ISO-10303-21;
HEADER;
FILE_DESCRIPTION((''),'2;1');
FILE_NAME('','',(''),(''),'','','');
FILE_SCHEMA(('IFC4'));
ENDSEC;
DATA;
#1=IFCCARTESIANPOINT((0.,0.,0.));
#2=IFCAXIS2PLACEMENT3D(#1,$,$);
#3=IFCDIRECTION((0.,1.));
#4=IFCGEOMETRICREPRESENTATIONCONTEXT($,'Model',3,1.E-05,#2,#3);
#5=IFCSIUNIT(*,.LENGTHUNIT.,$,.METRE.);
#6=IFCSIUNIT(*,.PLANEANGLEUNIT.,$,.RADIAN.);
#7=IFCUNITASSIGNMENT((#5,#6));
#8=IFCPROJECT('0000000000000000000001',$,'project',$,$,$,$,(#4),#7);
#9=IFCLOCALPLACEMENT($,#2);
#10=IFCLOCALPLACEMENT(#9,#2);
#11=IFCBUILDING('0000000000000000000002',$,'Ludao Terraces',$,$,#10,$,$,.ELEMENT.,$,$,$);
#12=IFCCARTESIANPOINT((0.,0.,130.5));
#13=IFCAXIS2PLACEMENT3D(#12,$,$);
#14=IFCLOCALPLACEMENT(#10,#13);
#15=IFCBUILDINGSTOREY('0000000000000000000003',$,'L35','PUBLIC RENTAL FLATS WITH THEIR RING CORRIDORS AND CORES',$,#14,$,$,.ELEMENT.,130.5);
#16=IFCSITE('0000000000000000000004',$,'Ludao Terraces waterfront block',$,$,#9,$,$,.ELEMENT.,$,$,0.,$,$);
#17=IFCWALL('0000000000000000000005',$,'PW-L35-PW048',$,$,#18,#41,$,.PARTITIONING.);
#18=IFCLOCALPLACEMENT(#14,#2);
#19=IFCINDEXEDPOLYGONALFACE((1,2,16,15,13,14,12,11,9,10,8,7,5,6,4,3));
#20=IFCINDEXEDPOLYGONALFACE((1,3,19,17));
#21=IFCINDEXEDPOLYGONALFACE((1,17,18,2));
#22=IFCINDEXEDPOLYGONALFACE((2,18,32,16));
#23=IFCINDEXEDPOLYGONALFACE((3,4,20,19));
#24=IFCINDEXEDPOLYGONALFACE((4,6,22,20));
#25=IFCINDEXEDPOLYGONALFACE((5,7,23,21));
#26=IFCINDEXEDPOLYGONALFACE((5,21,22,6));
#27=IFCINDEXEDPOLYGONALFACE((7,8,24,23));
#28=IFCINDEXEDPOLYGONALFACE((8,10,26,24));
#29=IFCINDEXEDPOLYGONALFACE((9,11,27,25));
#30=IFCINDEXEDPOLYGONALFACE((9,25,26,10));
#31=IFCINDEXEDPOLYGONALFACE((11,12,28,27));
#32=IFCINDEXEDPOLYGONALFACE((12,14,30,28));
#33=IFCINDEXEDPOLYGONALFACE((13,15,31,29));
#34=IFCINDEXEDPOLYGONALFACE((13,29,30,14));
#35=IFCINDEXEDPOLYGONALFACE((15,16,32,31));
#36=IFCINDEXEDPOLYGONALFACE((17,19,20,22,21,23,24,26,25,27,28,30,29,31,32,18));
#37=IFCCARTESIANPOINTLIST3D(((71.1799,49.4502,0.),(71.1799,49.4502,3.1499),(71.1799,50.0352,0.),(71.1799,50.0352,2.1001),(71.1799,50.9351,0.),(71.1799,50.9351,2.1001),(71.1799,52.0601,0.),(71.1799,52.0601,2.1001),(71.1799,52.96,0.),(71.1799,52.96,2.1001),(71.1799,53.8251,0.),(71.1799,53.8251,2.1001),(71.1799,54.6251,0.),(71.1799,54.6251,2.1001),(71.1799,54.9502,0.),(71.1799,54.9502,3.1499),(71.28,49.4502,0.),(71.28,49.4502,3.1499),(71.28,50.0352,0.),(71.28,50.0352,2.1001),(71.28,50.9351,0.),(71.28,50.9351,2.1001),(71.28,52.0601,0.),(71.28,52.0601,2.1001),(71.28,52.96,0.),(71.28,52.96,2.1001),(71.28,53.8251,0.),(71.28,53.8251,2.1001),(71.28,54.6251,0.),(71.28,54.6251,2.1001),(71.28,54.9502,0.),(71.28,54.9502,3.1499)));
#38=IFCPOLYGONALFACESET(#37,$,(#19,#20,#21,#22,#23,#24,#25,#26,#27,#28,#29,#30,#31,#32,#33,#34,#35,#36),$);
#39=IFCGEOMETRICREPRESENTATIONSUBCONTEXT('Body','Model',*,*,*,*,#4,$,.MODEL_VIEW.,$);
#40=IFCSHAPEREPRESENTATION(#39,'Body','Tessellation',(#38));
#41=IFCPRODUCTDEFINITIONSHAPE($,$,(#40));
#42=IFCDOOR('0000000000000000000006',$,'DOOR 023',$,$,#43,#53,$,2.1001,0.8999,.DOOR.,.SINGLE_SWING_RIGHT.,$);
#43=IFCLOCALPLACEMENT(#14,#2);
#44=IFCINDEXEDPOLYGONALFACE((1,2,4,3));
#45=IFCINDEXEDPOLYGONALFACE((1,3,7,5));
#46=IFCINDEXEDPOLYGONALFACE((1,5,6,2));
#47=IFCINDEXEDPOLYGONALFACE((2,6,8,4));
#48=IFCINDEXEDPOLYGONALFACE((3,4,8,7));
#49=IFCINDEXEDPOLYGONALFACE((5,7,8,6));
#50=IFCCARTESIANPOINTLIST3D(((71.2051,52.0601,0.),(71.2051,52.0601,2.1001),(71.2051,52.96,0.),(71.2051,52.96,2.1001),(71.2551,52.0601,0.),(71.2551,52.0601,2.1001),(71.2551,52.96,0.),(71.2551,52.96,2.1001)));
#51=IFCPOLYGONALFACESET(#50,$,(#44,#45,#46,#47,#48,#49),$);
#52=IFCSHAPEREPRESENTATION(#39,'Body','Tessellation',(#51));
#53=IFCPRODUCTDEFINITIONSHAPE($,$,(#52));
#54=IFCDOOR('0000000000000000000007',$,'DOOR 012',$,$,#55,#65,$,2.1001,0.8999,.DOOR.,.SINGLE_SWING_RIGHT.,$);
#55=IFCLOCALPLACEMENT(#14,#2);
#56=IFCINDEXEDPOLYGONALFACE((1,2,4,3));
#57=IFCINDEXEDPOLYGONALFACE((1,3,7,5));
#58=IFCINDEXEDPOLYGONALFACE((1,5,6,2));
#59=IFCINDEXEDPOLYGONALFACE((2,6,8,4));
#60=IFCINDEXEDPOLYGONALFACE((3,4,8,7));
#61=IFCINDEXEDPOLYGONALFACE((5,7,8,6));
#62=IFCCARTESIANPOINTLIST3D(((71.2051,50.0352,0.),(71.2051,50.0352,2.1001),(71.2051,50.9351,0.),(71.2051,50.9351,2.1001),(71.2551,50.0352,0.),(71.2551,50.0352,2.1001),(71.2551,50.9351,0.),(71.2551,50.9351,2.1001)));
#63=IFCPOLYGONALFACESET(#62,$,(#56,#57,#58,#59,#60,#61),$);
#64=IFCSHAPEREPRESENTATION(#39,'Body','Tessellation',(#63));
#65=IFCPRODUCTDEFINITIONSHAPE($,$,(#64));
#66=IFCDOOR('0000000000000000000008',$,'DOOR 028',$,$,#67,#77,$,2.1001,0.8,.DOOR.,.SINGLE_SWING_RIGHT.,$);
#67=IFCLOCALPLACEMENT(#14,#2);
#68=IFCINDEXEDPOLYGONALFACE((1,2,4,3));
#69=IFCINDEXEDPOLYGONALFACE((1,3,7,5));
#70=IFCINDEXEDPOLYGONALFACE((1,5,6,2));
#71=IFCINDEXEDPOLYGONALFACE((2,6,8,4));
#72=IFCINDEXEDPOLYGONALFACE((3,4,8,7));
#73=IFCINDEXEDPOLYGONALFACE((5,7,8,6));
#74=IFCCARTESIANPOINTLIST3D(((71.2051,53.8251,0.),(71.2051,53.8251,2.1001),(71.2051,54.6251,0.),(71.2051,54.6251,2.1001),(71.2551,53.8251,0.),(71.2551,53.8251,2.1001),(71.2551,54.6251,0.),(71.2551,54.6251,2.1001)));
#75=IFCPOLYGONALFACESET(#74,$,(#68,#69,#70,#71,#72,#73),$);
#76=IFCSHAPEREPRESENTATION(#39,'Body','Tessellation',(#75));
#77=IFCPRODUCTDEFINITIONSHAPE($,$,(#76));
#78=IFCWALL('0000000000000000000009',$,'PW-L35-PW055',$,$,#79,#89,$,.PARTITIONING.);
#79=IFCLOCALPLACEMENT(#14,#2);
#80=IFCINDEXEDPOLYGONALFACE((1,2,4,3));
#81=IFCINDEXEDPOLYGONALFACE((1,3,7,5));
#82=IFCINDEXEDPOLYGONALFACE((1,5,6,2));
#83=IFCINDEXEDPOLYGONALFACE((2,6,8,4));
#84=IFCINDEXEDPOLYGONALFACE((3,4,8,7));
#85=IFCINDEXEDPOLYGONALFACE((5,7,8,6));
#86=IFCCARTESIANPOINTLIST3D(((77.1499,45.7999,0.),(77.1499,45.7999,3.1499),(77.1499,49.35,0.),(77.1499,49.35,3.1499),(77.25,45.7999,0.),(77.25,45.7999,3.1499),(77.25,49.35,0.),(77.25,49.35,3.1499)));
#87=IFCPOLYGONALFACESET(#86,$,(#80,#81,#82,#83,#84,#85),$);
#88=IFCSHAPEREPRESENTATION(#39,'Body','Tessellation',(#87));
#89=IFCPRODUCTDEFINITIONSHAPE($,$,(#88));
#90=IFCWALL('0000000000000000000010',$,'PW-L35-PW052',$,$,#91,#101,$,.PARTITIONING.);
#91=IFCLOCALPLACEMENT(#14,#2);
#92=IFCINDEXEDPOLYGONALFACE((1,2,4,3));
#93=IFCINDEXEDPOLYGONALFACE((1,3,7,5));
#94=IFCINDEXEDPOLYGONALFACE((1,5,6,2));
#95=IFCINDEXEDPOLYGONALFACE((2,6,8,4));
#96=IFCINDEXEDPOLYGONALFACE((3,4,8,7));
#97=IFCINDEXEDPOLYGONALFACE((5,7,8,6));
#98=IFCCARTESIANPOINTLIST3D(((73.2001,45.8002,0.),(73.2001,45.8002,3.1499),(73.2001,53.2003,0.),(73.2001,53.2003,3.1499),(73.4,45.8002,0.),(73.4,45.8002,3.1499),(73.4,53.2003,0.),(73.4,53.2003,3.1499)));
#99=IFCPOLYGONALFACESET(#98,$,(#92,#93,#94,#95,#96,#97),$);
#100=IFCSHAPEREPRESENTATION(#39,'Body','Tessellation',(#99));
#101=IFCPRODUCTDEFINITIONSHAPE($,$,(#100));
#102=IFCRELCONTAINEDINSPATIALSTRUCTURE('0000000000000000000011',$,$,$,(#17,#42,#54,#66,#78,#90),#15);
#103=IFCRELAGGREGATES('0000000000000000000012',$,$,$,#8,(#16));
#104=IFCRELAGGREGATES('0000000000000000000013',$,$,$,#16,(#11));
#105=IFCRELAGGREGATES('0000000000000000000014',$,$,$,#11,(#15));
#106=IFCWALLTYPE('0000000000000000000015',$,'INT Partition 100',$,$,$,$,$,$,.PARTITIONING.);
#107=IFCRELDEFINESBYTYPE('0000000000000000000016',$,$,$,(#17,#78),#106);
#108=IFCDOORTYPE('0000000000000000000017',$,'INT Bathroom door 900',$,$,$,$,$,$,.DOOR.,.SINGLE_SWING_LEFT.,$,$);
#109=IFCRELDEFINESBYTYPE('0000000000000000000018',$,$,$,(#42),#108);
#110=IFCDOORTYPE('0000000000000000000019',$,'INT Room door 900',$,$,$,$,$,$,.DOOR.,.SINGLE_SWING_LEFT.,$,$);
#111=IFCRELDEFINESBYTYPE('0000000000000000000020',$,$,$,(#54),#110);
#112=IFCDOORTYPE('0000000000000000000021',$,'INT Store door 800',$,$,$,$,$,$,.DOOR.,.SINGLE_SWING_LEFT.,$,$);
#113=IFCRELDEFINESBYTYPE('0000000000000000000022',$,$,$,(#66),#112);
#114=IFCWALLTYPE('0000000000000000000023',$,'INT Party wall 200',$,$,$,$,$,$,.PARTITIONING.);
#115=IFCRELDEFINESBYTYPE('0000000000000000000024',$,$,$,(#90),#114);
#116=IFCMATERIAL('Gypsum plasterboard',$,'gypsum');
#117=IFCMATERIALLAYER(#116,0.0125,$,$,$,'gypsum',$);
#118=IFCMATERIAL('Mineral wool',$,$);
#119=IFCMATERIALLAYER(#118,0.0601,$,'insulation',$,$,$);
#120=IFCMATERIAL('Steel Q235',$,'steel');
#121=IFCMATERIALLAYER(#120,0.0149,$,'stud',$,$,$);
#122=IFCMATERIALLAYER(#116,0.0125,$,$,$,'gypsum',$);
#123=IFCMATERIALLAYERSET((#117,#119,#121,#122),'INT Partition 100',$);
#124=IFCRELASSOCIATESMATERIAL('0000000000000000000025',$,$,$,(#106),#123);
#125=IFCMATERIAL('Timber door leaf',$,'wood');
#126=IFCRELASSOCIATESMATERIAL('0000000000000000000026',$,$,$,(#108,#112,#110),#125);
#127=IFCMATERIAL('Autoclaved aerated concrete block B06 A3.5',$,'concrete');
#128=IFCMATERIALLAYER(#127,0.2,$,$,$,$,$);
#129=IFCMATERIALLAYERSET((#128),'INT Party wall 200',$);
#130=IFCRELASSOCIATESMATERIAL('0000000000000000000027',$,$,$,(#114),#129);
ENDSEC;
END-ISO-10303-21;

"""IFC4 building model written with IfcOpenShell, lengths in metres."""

from ifc_helpers import new_model, si_unit, direction, frame, frame_2d, origin, place, context, subcontext, project, spatial, rectangle, extrude, material, layer, layer_set, type_object, element, fill, save


model = new_model("IFC4")

# Units and contexts
model_context = context("Model", 3, precision=1e-05, world=origin(), true_north=direction((0.0, 1.0)))
body_context = subcontext(model_context, "Body", "Model", "MODEL_VIEW")
ifc_project = project(units=[si_unit("LENGTHUNIT", "METRE"), si_unit("PLANEANGLEUNIT", "RADIAN")], contexts=[model_context])

# Site, building, storey
site_placement = place(None, origin())
site = spatial("IfcSite", under=ifc_project, at=site_placement, Name="Ludao Terraces waterfront block", CompositionType="ELEMENT", RefElevation=0.0)
building_placement = place(site_placement, origin())
building = spatial("IfcBuilding", under=site, at=building_placement, Name="Ludao Terraces", CompositionType="ELEMENT")
storey_placement = place(building_placement, frame((0.0, 0.0, 130.5)))
storey = spatial("IfcBuildingStorey", under=building, at=storey_placement, Name="L35", Description="PUBLIC RENTAL FLATS WITH THEIR RING CORRIDORS AND CORES", CompositionType="ELEMENT", Elevation=130.5)

# Shared definitions
ifc_material_1 = material(Name="Mineral wool")

# Wall, openings, doors
ifc_material_2 = material(Name="Gypsum plasterboard", Category="gypsum")
ifc_layer_1 = layer(ifc_material_2, 0.0125, Category="gypsum")
ifc_layer_2 = layer(ifc_material_1, 0.0601, Name="insulation")
ifc_material_3 = material(Name="Steel Q235", Category="steel")
ifc_layer_3 = layer(ifc_material_3, 0.0149, Name="stud")
ifc_layer_4 = layer(ifc_material_2, 0.0125, Category="gypsum")
ifc_layer_set_1 = layer_set([ifc_layer_1, ifc_layer_2, ifc_layer_3, ifc_layer_4], Name="INT Partition 100")
wall_type_1 = type_object("IfcWallType", Name="INT Partition 100", PredefinedType="PARTITIONING", material=ifc_layer_set_1)
ifc_material_4 = material(Name="Timber door leaf", Category="wood")
door_type_1 = type_object("IfcDoorType", Name="INT Bathroom door 900", OperationType="SINGLE_SWING_LEFT", PredefinedType="DOOR", material=ifc_material_4)
door_type_2 = type_object("IfcDoorType", Name="INT Store door 800", OperationType="SINGLE_SWING_LEFT", PredefinedType="DOOR", material=ifc_material_4)
door_type_3 = type_object("IfcDoorType", Name="INT Room door 900", OperationType="SINGLE_SWING_LEFT", PredefinedType="DOOR", material=ifc_material_4)
wall_1_placement = place(storey_placement, frame((71.23, 49.4502, 0.0), z_axis=(0.0, 0.0, 1.0), x_axis=(0.0, 1.0, 0.0)))
wall_1 = element("IfcWall", 1, at=wall_1_placement, inside=storey, type_object=wall_type_1, Name="PW-L35-PW048", PredefinedType="PARTITIONING", context=body_context, shape_type="SweptSolid", body=[
    extrude(rectangle(XDim=5.5, YDim=0.1001, at=frame_2d((2.75, 0.0))), origin(), (0.0, 0.0, 1.0), 3.1499),
])
opening_1_placement = place(wall_1_placement, frame((0.585, 0.0, 0.0)))
opening_1 = element("IfcOpeningElement", 2, at=opening_1_placement, cuts=wall_1, PredefinedType="OPENING", context=body_context, shape_type="SweptSolid", body=[
    extrude(rectangle(XDim=0.8999, YDim=2.1001, at=frame_2d((0.45, 1.05))), frame((0.0, 0.0601, 0.0), z_axis=(0.0, -1.0, 0.0), x_axis=(1.0, 0.0, 0.0)), (0.0, 0.0, 1.0), 0.1201),
])
opening_2_placement = place(wall_1_placement, frame((2.6099, 0.0, 0.0)))
opening_2 = element("IfcOpeningElement", 3, at=opening_2_placement, cuts=wall_1, PredefinedType="OPENING", context=body_context, shape_type="SweptSolid", body=[
    extrude(rectangle(XDim=0.8999, YDim=2.1001, at=frame_2d((0.45, 1.05))), frame((0.0, 0.0601, 0.0), z_axis=(0.0, -1.0, 0.0), x_axis=(1.0, 0.0, 0.0)), (0.0, 0.0, 1.0), 0.1201),
])
opening_3_placement = place(wall_1_placement, frame((4.375, 0.0, 0.0)))
opening_3 = element("IfcOpeningElement", 4, at=opening_3_placement, cuts=wall_1, PredefinedType="OPENING", context=body_context, shape_type="SweptSolid", body=[
    extrude(rectangle(XDim=0.8, YDim=2.1001, at=frame_2d((0.3999, 1.05))), frame((0.0, 0.0601, 0.0), z_axis=(0.0, -1.0, 0.0), x_axis=(1.0, 0.0, 0.0)), (0.0, 0.0, 1.0), 0.1201),
])
door_1_placement = place(opening_2_placement, origin())
door_1 = element("IfcDoor", 5, at=door_1_placement, inside=storey, type_object=door_type_1, Name="DOOR 023", OperationType="SINGLE_SWING_RIGHT", OverallHeight=2.1001, OverallWidth=0.8999, PredefinedType="DOOR", context=body_context, shape_type="SweptSolid", body=[
    extrude(rectangle(XDim=0.8999, YDim=2.1001, at=frame_2d((0.45, 1.05))), frame((0.0, 0.0249, 0.0), z_axis=(0.0, -1.0, 0.0), x_axis=(1.0, 0.0, 0.0)), (0.0, 0.0, 1.0), 0.05),
])
fill(opening_2, door_1)
door_2_placement = place(opening_1_placement, origin())
door_2 = element("IfcDoor", 6, at=door_2_placement, inside=storey, type_object=door_type_3, Name="DOOR 012", OperationType="SINGLE_SWING_RIGHT", OverallHeight=2.1001, OverallWidth=0.8999, PredefinedType="DOOR", context=body_context, shape_type="SweptSolid", body=[
    extrude(rectangle(XDim=0.8999, YDim=2.1001, at=frame_2d((0.45, 1.05))), frame((0.0, 0.0249, 0.0), z_axis=(0.0, -1.0, 0.0), x_axis=(1.0, 0.0, 0.0)), (0.0, 0.0, 1.0), 0.05),
])
fill(opening_1, door_2)
door_3_placement = place(opening_3_placement, origin())
door_3 = element("IfcDoor", 7, at=door_3_placement, inside=storey, type_object=door_type_2, Name="DOOR 028", OperationType="SINGLE_SWING_RIGHT", OverallHeight=2.1001, OverallWidth=0.8, PredefinedType="DOOR", context=body_context, shape_type="SweptSolid", body=[
    extrude(rectangle(XDim=0.8, YDim=2.1001, at=frame_2d((0.3999, 1.05))), frame((0.0, 0.0249, 0.0), z_axis=(0.0, -1.0, 0.0), x_axis=(1.0, 0.0, 0.0)), (0.0, 0.0, 1.0), 0.05),
])
fill(opening_3, door_3)

# Walls
wall_2_placement = place(storey_placement, frame((77.2, 45.8, 0.0), z_axis=(0.0, 0.0, 1.0), x_axis=(0.0, 1.0, 0.0)))
element("IfcWall", 8, at=wall_2_placement, inside=storey, type_object=wall_type_1, Name="PW-L35-PW055", PredefinedType="PARTITIONING", context=body_context, shape_type="SweptSolid", body=[
    extrude(rectangle(XDim=3.55, YDim=0.1001, at=frame_2d((1.7749, 0.0))), origin(), (0.0, 0.0, 1.0), 3.1499),
])
ifc_material_5 = material(Name="Autoclaved aerated concrete block B06 A3.5", Category="concrete")
ifc_layer_5 = layer(ifc_material_5, 0.2)
ifc_layer_set_2 = layer_set([ifc_layer_5], Name="INT Party wall 200")
wall_type_2 = type_object("IfcWallType", Name="INT Party wall 200", PredefinedType="PARTITIONING", material=ifc_layer_set_2)
wall_3_placement = place(storey_placement, frame((73.3, 45.8, 0.0), z_axis=(0.0, 0.0, 1.0), x_axis=(0.0, 1.0, 0.0)))
element("IfcWall", 9, at=wall_3_placement, inside=storey, type_object=wall_type_2, Name="PW-L35-PW052", PredefinedType="PARTITIONING", context=body_context, shape_type="SweptSolid", body=[
    extrude(rectangle(XDim=7.4001, YDim=0.2, at=frame_2d((3.7002, 0.0))), origin(), (0.0, 0.0, 1.0), 3.1499),
])

save(model, "model.ifc")
